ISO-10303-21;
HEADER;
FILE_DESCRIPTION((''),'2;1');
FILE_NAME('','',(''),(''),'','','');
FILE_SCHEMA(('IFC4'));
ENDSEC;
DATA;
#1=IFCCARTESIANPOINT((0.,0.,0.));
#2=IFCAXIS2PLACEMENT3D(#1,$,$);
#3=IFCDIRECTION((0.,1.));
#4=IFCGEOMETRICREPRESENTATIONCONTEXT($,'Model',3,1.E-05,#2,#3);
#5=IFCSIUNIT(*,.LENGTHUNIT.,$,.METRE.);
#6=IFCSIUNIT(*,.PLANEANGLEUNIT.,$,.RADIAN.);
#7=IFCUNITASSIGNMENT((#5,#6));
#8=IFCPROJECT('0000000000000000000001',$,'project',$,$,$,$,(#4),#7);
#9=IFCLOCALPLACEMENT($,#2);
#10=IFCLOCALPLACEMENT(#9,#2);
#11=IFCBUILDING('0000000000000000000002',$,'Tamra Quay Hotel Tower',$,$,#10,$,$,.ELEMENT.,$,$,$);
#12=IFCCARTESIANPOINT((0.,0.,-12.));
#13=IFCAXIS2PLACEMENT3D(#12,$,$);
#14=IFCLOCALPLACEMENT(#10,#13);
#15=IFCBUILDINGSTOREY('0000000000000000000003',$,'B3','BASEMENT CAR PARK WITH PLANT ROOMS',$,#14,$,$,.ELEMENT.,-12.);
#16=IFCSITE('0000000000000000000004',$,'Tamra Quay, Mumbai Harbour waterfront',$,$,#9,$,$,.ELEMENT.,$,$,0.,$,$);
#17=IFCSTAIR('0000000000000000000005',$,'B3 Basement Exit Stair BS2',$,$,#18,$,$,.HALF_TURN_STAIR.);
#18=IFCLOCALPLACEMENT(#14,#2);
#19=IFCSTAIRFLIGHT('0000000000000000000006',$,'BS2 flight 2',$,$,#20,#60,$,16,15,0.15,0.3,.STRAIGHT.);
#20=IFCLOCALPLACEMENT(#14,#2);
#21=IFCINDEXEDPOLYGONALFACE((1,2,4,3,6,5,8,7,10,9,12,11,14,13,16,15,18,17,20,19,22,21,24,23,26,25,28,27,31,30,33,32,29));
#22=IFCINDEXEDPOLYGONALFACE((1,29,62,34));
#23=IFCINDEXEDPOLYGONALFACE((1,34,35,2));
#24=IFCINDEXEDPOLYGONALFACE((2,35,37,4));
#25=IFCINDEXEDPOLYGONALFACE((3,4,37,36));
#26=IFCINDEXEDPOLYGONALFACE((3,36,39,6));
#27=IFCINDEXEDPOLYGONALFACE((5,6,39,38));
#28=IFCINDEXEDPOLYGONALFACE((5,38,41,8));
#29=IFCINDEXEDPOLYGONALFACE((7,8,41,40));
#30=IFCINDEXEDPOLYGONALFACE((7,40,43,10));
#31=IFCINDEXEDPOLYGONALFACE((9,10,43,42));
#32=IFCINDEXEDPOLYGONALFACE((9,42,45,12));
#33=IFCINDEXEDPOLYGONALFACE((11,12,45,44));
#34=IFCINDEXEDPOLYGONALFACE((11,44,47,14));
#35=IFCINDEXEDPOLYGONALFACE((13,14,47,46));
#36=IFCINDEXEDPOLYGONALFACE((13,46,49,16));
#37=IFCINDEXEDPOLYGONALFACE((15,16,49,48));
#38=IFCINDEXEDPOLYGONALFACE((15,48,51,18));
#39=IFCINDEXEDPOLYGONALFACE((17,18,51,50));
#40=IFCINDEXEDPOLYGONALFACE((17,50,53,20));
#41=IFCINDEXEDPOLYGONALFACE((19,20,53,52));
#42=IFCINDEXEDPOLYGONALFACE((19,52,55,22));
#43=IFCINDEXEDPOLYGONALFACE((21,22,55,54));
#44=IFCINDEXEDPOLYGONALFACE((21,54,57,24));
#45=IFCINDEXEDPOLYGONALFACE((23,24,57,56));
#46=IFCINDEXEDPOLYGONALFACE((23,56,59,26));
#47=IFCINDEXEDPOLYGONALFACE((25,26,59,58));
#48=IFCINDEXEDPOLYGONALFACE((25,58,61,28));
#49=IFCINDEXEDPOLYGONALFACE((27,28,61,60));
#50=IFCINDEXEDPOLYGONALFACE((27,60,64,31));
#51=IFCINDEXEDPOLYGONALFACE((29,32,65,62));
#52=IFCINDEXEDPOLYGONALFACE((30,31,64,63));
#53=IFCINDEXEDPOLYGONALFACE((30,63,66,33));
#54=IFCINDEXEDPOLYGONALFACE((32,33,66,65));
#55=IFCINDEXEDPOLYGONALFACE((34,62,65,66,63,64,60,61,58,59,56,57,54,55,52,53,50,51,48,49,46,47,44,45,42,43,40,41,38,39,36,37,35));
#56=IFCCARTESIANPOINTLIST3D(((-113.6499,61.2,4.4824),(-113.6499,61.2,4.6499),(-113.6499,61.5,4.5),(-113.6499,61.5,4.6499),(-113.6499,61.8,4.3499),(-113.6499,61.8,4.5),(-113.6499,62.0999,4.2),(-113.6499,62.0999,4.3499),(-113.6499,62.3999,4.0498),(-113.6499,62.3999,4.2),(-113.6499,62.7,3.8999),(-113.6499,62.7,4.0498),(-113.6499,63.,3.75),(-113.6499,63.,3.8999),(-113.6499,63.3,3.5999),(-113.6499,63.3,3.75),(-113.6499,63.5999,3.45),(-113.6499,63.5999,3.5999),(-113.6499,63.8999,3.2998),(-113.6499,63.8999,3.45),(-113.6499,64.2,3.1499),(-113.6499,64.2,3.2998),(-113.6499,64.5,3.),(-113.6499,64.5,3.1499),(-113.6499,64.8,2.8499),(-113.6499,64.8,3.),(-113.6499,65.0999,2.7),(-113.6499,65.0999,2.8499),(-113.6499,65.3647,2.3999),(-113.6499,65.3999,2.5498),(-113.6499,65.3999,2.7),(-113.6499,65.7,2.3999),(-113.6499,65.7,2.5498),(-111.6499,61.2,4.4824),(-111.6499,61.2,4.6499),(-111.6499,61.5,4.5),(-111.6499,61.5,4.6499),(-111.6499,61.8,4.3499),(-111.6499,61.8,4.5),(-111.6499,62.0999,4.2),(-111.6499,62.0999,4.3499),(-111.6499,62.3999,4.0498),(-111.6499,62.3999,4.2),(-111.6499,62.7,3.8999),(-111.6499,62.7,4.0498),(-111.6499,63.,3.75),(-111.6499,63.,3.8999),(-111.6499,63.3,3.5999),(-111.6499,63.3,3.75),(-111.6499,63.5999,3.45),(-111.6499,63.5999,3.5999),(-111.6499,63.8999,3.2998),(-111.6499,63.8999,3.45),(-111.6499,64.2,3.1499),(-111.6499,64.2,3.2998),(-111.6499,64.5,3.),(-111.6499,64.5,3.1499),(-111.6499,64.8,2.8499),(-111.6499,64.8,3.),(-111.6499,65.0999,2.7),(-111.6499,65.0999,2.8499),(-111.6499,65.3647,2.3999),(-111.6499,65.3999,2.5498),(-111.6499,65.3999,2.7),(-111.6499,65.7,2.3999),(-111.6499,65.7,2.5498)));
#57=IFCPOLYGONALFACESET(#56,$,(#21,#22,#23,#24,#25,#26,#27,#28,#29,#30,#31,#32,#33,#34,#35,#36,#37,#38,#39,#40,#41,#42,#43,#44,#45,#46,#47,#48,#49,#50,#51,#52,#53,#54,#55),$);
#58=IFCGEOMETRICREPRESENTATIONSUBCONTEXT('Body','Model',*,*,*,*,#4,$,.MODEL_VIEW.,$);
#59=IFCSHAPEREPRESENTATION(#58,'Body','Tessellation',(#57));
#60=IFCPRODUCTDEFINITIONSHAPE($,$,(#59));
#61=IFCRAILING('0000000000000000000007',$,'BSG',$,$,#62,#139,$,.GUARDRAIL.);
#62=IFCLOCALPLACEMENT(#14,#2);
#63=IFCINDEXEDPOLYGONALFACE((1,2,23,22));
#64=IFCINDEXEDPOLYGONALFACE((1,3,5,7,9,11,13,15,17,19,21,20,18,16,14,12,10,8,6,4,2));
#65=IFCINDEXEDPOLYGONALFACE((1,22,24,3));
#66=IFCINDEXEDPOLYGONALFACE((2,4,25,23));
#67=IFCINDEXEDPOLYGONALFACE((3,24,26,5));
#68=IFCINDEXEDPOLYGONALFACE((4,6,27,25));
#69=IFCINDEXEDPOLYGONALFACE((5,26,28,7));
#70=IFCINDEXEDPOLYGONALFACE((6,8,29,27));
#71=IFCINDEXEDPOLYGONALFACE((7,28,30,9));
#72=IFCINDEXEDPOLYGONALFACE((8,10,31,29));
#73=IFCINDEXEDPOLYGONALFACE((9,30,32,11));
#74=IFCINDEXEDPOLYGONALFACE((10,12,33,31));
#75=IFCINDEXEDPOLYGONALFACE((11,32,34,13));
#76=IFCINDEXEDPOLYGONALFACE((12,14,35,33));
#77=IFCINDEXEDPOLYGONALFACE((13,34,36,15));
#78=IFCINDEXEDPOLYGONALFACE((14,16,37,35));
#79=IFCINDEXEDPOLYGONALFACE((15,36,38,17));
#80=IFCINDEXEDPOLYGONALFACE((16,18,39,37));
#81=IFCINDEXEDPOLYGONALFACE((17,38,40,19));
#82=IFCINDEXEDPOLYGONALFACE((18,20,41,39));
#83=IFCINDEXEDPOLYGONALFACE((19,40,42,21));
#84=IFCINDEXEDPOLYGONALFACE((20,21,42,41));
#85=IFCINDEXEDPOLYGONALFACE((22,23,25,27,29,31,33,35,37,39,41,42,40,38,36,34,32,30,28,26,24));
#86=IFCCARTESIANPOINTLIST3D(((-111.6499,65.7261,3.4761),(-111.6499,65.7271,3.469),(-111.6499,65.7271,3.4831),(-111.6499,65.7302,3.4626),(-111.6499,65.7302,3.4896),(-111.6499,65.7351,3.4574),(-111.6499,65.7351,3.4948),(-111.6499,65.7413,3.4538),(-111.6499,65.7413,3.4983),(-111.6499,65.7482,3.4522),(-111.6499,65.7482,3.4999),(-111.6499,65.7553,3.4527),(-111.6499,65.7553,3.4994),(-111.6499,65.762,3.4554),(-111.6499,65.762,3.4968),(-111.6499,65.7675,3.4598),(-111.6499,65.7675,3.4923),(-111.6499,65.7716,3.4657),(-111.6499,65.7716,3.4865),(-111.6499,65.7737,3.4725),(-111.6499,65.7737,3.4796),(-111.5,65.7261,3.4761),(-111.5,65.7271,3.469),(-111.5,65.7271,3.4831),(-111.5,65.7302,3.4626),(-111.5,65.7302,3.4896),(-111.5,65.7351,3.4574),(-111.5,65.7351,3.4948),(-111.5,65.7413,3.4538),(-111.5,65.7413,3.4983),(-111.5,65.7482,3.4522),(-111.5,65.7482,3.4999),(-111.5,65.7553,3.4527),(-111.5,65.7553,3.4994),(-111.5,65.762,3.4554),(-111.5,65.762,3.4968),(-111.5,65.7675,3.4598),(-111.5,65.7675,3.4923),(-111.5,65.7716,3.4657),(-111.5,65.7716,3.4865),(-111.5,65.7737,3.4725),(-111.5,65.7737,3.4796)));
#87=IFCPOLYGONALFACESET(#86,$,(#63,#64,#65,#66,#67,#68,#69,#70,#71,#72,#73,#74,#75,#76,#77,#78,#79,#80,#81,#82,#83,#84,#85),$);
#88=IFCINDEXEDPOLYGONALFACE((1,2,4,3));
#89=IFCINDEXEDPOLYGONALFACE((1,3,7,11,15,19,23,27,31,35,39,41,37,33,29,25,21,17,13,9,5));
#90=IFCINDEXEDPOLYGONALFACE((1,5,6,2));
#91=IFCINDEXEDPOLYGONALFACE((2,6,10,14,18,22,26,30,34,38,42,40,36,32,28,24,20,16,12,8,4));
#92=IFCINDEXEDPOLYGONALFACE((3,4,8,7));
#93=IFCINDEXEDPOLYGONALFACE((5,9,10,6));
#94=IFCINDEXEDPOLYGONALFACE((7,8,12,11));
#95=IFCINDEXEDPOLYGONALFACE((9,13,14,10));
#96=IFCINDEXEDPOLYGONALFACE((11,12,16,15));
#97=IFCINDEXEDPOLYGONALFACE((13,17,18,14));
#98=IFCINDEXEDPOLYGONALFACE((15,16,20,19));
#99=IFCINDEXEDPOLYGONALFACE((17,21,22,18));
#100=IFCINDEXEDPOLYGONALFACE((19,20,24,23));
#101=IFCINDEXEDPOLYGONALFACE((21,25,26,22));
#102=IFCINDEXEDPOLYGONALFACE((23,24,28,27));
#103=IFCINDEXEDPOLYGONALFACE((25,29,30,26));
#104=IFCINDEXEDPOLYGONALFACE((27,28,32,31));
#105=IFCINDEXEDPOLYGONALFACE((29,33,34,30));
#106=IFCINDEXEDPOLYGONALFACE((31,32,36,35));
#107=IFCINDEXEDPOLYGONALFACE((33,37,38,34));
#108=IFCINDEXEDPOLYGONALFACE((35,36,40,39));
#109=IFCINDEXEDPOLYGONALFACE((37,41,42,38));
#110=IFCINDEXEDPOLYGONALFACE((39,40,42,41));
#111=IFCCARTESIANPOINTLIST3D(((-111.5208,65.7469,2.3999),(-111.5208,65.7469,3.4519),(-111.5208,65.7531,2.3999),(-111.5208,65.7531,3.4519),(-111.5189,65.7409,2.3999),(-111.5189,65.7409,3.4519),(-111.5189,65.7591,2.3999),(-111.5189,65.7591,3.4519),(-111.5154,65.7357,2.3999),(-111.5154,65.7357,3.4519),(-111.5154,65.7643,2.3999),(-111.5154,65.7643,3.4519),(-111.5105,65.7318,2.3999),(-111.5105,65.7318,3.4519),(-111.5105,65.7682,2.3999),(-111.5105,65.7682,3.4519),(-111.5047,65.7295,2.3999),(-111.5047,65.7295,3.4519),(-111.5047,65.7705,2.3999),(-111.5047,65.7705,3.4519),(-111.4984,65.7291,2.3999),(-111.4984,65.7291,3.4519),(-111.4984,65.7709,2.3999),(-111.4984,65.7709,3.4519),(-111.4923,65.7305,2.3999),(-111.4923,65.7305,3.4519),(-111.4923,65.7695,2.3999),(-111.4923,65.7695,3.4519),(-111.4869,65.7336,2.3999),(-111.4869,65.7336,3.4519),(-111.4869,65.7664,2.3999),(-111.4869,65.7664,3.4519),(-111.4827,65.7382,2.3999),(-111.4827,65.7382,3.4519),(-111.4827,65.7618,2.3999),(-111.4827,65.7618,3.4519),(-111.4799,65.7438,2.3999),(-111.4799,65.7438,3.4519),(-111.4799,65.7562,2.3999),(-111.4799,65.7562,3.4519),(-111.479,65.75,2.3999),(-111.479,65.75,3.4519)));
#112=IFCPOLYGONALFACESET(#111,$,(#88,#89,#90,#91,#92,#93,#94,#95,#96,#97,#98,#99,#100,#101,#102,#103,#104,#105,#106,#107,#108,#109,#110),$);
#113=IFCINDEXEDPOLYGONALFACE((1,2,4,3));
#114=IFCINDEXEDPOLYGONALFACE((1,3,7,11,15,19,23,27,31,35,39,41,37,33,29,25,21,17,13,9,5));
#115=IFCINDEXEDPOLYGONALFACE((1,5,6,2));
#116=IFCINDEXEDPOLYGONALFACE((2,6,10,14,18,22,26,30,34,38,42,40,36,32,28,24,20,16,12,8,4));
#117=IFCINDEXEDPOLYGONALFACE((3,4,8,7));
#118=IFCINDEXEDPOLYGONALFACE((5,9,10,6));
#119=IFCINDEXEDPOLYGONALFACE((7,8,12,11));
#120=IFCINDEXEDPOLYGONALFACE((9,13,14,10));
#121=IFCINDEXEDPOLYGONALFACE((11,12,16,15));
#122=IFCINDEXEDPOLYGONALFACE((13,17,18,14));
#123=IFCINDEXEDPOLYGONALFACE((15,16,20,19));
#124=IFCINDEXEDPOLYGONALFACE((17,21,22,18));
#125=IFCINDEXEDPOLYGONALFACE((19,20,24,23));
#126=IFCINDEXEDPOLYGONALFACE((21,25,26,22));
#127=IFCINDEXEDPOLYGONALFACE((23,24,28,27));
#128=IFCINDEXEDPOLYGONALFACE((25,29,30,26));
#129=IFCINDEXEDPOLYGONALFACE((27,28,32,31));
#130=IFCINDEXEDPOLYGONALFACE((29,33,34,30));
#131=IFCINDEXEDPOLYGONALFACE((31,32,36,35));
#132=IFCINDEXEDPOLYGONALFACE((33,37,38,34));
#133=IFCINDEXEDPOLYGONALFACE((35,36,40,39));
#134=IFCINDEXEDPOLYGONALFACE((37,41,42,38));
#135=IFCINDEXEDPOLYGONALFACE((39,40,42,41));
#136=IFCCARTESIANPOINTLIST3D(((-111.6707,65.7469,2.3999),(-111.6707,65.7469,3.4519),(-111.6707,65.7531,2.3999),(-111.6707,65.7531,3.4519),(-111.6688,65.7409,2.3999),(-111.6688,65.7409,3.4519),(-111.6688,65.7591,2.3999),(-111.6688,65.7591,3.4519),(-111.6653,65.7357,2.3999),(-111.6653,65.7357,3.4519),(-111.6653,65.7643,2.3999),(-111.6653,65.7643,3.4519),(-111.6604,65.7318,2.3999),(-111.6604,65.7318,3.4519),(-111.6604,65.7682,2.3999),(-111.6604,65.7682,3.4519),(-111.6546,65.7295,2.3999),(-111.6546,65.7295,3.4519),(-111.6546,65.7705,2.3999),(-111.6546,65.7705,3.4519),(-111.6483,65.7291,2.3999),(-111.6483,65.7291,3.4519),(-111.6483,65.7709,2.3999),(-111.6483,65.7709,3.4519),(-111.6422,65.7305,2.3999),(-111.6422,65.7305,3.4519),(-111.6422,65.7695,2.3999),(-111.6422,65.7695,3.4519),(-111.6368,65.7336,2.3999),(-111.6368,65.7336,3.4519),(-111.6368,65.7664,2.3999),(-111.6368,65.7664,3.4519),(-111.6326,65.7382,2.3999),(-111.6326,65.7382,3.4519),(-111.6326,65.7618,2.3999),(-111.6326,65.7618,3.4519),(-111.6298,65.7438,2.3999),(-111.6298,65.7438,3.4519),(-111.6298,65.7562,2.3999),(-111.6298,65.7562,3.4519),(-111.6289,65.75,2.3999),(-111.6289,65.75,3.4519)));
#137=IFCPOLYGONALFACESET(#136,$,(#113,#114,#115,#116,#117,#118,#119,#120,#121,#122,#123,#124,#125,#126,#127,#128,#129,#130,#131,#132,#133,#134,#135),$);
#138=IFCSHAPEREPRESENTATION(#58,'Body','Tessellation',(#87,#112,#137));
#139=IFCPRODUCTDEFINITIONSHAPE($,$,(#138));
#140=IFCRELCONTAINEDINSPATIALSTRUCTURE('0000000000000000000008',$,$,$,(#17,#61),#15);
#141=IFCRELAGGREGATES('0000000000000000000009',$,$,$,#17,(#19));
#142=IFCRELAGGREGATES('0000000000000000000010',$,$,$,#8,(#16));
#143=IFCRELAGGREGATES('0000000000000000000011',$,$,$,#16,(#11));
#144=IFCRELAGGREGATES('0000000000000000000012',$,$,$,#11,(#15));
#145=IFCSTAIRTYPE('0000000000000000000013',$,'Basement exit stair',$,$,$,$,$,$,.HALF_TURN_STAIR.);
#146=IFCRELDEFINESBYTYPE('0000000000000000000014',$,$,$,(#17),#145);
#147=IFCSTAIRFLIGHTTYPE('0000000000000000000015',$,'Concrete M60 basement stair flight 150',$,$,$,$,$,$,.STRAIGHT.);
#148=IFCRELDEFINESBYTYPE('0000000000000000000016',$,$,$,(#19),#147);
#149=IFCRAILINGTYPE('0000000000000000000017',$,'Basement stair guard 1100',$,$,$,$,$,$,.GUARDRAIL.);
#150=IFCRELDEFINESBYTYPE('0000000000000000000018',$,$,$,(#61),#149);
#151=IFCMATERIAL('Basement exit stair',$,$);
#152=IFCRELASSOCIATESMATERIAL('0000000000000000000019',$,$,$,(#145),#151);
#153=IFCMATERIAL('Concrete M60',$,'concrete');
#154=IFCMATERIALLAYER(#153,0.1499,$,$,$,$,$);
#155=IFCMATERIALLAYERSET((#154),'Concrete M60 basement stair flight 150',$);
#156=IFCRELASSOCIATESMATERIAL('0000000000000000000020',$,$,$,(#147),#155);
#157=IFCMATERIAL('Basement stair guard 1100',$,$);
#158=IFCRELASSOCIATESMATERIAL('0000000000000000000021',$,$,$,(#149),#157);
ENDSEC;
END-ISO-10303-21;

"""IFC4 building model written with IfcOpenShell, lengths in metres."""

from ifc_helpers import new_model, si_unit, direction, frame, origin, origin_2d, place, context, subcontext, project, spatial, polyline, circle, outline, extrude, material, layer, layer_set, type_object, element, aggregate, save


model = new_model("IFC4")

# Units and contexts
model_context = context("Model", 3, precision=1e-05, world=origin(), true_north=direction((0.0, 1.0)))
body_context = subcontext(model_context, "Body", "Model", "MODEL_VIEW")
ifc_project = project(units=[si_unit("LENGTHUNIT", "METRE"), si_unit("PLANEANGLEUNIT", "RADIAN")], contexts=[model_context])

# Site, building, storey
site_placement = place(None, origin())
site = spatial("IfcSite", under=ifc_project, at=site_placement, Name="Tamra Quay, Mumbai Harbour waterfront", CompositionType="ELEMENT", RefElevation=0.0)
building_placement = place(site_placement, origin())
building = spatial("IfcBuilding", under=site, at=building_placement, Name="Tamra Quay Hotel Tower", CompositionType="ELEMENT")
storey_placement = place(building_placement, frame((0.0, 0.0, -12.0)))
storey = spatial("IfcBuildingStorey", under=building, at=storey_placement, Name="B3", Description="BASEMENT CAR PARK WITH PLANT ROOMS", CompositionType="ELEMENT", Elevation=-12.0)

# Stair, stair flight
ifc_material_1 = material(Name="Basement exit stair")
stair_type = type_object("IfcStairType", Name="Basement exit stair", PredefinedType="HALF_TURN_STAIR", material=ifc_material_1)
stair_placement = place(storey_placement, origin())
stair = element("IfcStair", 1, at=stair_placement, inside=storey, type_object=stair_type, Name="B3 Basement Exit Stair BS2", PredefinedType="HALF_TURN_STAIR")
ifc_material_2 = material(Name="Concrete M60", Category="concrete")
ifc_layer_1 = layer(ifc_material_2, 0.1499)
ifc_layer_set_1 = layer_set([ifc_layer_1], Name="Concrete M60 basement stair flight 150")
stair_flight_type = type_object("IfcStairFlightType", Name="Concrete M60 basement stair flight 150", PredefinedType="STRAIGHT", material=ifc_layer_set_1)
stair_flight_placement = place(storey_placement, frame((-112.6499, 65.7, 2.3999), z_axis=(0.0, 0.0, 1.0), x_axis=(0.0, -1.0, 0.0)))
stair_flight = element("IfcStairFlight", 2, at=stair_flight_placement, type_object=stair_flight_type, Name="BS2 flight 2", NumberOfRisers=16, NumberOfTreads=15, PredefinedType="STRAIGHT", RiserHeight=0.15, TreadLength=0.3, context=body_context, shape_type="SweptSolid", body=[
    extrude(outline(polyline([(0.0, 0.0), (0.0, 0.1499), (0.3, 0.1499), (0.3, 0.3), (0.6001, 0.3), (0.6001, 0.45), (0.8999, 0.45), (0.8999, 0.6001), (1.2, 0.6001), (1.2, 0.75), (1.5, 0.75), (1.5, 0.8999), (1.8, 0.8999), (1.8, 1.05), (2.1001, 1.05), (2.1001, 1.2), (2.3999, 1.2), (2.3999, 1.3501), (2.7, 1.3501), (2.7, 1.5), (3.0, 1.5), (3.0, 1.6499), (3.3, 1.6499), (3.3, 1.8), (3.6001, 1.8), (3.6001, 1.95), (3.8999, 1.95), (3.8999, 2.1001), (4.2, 2.1001), (4.2, 2.25), (4.5, 2.25), (4.5, 2.3999), (4.5, 2.0825), (0.3352, 0.0), (0.0, 0.0)])), frame((0.0, 1.0, 0.0), z_axis=(0.0, -1.0, 0.0), x_axis=(1.0, 0.0, 0.0)), (0.0, 0.0, 1.0), 2.0),
])
aggregate(stair, [stair_flight])

# Railing
ifc_material_3 = material(Name="Basement stair guard 1100")
railing_type_1 = type_object("IfcRailingType", Name="Basement stair guard 1100", PredefinedType="GUARDRAIL", material=ifc_material_3)
railing_1_placement = place(storey_placement, frame((-111.5, 65.75, 2.3999)))
element("IfcRailing", 3, at=railing_1_placement, inside=storey, type_object=railing_type_1, Name="BSG", PredefinedType="GUARDRAIL", context=body_context, shape_type="SweptSolid", body=[
    extrude(circle(Radius=0.0239, at=origin_2d()), frame((0.0, 0.0, 1.0762), z_axis=(-1.0, 0.0, 0.0), x_axis=(0.0, -1.0, 0.0)), (0.0, 0.0, 1.0), 0.1499),
    extrude(circle(Radius=0.021, at=origin_2d()), origin(), (0.0, 0.0, 1.0), 1.052),
    extrude(circle(Radius=0.021, at=origin_2d()), frame((-0.1499, 0.0, 0.0)), (0.0, 0.0, 1.0), 1.052),
])

save(model, "model.ifc")
